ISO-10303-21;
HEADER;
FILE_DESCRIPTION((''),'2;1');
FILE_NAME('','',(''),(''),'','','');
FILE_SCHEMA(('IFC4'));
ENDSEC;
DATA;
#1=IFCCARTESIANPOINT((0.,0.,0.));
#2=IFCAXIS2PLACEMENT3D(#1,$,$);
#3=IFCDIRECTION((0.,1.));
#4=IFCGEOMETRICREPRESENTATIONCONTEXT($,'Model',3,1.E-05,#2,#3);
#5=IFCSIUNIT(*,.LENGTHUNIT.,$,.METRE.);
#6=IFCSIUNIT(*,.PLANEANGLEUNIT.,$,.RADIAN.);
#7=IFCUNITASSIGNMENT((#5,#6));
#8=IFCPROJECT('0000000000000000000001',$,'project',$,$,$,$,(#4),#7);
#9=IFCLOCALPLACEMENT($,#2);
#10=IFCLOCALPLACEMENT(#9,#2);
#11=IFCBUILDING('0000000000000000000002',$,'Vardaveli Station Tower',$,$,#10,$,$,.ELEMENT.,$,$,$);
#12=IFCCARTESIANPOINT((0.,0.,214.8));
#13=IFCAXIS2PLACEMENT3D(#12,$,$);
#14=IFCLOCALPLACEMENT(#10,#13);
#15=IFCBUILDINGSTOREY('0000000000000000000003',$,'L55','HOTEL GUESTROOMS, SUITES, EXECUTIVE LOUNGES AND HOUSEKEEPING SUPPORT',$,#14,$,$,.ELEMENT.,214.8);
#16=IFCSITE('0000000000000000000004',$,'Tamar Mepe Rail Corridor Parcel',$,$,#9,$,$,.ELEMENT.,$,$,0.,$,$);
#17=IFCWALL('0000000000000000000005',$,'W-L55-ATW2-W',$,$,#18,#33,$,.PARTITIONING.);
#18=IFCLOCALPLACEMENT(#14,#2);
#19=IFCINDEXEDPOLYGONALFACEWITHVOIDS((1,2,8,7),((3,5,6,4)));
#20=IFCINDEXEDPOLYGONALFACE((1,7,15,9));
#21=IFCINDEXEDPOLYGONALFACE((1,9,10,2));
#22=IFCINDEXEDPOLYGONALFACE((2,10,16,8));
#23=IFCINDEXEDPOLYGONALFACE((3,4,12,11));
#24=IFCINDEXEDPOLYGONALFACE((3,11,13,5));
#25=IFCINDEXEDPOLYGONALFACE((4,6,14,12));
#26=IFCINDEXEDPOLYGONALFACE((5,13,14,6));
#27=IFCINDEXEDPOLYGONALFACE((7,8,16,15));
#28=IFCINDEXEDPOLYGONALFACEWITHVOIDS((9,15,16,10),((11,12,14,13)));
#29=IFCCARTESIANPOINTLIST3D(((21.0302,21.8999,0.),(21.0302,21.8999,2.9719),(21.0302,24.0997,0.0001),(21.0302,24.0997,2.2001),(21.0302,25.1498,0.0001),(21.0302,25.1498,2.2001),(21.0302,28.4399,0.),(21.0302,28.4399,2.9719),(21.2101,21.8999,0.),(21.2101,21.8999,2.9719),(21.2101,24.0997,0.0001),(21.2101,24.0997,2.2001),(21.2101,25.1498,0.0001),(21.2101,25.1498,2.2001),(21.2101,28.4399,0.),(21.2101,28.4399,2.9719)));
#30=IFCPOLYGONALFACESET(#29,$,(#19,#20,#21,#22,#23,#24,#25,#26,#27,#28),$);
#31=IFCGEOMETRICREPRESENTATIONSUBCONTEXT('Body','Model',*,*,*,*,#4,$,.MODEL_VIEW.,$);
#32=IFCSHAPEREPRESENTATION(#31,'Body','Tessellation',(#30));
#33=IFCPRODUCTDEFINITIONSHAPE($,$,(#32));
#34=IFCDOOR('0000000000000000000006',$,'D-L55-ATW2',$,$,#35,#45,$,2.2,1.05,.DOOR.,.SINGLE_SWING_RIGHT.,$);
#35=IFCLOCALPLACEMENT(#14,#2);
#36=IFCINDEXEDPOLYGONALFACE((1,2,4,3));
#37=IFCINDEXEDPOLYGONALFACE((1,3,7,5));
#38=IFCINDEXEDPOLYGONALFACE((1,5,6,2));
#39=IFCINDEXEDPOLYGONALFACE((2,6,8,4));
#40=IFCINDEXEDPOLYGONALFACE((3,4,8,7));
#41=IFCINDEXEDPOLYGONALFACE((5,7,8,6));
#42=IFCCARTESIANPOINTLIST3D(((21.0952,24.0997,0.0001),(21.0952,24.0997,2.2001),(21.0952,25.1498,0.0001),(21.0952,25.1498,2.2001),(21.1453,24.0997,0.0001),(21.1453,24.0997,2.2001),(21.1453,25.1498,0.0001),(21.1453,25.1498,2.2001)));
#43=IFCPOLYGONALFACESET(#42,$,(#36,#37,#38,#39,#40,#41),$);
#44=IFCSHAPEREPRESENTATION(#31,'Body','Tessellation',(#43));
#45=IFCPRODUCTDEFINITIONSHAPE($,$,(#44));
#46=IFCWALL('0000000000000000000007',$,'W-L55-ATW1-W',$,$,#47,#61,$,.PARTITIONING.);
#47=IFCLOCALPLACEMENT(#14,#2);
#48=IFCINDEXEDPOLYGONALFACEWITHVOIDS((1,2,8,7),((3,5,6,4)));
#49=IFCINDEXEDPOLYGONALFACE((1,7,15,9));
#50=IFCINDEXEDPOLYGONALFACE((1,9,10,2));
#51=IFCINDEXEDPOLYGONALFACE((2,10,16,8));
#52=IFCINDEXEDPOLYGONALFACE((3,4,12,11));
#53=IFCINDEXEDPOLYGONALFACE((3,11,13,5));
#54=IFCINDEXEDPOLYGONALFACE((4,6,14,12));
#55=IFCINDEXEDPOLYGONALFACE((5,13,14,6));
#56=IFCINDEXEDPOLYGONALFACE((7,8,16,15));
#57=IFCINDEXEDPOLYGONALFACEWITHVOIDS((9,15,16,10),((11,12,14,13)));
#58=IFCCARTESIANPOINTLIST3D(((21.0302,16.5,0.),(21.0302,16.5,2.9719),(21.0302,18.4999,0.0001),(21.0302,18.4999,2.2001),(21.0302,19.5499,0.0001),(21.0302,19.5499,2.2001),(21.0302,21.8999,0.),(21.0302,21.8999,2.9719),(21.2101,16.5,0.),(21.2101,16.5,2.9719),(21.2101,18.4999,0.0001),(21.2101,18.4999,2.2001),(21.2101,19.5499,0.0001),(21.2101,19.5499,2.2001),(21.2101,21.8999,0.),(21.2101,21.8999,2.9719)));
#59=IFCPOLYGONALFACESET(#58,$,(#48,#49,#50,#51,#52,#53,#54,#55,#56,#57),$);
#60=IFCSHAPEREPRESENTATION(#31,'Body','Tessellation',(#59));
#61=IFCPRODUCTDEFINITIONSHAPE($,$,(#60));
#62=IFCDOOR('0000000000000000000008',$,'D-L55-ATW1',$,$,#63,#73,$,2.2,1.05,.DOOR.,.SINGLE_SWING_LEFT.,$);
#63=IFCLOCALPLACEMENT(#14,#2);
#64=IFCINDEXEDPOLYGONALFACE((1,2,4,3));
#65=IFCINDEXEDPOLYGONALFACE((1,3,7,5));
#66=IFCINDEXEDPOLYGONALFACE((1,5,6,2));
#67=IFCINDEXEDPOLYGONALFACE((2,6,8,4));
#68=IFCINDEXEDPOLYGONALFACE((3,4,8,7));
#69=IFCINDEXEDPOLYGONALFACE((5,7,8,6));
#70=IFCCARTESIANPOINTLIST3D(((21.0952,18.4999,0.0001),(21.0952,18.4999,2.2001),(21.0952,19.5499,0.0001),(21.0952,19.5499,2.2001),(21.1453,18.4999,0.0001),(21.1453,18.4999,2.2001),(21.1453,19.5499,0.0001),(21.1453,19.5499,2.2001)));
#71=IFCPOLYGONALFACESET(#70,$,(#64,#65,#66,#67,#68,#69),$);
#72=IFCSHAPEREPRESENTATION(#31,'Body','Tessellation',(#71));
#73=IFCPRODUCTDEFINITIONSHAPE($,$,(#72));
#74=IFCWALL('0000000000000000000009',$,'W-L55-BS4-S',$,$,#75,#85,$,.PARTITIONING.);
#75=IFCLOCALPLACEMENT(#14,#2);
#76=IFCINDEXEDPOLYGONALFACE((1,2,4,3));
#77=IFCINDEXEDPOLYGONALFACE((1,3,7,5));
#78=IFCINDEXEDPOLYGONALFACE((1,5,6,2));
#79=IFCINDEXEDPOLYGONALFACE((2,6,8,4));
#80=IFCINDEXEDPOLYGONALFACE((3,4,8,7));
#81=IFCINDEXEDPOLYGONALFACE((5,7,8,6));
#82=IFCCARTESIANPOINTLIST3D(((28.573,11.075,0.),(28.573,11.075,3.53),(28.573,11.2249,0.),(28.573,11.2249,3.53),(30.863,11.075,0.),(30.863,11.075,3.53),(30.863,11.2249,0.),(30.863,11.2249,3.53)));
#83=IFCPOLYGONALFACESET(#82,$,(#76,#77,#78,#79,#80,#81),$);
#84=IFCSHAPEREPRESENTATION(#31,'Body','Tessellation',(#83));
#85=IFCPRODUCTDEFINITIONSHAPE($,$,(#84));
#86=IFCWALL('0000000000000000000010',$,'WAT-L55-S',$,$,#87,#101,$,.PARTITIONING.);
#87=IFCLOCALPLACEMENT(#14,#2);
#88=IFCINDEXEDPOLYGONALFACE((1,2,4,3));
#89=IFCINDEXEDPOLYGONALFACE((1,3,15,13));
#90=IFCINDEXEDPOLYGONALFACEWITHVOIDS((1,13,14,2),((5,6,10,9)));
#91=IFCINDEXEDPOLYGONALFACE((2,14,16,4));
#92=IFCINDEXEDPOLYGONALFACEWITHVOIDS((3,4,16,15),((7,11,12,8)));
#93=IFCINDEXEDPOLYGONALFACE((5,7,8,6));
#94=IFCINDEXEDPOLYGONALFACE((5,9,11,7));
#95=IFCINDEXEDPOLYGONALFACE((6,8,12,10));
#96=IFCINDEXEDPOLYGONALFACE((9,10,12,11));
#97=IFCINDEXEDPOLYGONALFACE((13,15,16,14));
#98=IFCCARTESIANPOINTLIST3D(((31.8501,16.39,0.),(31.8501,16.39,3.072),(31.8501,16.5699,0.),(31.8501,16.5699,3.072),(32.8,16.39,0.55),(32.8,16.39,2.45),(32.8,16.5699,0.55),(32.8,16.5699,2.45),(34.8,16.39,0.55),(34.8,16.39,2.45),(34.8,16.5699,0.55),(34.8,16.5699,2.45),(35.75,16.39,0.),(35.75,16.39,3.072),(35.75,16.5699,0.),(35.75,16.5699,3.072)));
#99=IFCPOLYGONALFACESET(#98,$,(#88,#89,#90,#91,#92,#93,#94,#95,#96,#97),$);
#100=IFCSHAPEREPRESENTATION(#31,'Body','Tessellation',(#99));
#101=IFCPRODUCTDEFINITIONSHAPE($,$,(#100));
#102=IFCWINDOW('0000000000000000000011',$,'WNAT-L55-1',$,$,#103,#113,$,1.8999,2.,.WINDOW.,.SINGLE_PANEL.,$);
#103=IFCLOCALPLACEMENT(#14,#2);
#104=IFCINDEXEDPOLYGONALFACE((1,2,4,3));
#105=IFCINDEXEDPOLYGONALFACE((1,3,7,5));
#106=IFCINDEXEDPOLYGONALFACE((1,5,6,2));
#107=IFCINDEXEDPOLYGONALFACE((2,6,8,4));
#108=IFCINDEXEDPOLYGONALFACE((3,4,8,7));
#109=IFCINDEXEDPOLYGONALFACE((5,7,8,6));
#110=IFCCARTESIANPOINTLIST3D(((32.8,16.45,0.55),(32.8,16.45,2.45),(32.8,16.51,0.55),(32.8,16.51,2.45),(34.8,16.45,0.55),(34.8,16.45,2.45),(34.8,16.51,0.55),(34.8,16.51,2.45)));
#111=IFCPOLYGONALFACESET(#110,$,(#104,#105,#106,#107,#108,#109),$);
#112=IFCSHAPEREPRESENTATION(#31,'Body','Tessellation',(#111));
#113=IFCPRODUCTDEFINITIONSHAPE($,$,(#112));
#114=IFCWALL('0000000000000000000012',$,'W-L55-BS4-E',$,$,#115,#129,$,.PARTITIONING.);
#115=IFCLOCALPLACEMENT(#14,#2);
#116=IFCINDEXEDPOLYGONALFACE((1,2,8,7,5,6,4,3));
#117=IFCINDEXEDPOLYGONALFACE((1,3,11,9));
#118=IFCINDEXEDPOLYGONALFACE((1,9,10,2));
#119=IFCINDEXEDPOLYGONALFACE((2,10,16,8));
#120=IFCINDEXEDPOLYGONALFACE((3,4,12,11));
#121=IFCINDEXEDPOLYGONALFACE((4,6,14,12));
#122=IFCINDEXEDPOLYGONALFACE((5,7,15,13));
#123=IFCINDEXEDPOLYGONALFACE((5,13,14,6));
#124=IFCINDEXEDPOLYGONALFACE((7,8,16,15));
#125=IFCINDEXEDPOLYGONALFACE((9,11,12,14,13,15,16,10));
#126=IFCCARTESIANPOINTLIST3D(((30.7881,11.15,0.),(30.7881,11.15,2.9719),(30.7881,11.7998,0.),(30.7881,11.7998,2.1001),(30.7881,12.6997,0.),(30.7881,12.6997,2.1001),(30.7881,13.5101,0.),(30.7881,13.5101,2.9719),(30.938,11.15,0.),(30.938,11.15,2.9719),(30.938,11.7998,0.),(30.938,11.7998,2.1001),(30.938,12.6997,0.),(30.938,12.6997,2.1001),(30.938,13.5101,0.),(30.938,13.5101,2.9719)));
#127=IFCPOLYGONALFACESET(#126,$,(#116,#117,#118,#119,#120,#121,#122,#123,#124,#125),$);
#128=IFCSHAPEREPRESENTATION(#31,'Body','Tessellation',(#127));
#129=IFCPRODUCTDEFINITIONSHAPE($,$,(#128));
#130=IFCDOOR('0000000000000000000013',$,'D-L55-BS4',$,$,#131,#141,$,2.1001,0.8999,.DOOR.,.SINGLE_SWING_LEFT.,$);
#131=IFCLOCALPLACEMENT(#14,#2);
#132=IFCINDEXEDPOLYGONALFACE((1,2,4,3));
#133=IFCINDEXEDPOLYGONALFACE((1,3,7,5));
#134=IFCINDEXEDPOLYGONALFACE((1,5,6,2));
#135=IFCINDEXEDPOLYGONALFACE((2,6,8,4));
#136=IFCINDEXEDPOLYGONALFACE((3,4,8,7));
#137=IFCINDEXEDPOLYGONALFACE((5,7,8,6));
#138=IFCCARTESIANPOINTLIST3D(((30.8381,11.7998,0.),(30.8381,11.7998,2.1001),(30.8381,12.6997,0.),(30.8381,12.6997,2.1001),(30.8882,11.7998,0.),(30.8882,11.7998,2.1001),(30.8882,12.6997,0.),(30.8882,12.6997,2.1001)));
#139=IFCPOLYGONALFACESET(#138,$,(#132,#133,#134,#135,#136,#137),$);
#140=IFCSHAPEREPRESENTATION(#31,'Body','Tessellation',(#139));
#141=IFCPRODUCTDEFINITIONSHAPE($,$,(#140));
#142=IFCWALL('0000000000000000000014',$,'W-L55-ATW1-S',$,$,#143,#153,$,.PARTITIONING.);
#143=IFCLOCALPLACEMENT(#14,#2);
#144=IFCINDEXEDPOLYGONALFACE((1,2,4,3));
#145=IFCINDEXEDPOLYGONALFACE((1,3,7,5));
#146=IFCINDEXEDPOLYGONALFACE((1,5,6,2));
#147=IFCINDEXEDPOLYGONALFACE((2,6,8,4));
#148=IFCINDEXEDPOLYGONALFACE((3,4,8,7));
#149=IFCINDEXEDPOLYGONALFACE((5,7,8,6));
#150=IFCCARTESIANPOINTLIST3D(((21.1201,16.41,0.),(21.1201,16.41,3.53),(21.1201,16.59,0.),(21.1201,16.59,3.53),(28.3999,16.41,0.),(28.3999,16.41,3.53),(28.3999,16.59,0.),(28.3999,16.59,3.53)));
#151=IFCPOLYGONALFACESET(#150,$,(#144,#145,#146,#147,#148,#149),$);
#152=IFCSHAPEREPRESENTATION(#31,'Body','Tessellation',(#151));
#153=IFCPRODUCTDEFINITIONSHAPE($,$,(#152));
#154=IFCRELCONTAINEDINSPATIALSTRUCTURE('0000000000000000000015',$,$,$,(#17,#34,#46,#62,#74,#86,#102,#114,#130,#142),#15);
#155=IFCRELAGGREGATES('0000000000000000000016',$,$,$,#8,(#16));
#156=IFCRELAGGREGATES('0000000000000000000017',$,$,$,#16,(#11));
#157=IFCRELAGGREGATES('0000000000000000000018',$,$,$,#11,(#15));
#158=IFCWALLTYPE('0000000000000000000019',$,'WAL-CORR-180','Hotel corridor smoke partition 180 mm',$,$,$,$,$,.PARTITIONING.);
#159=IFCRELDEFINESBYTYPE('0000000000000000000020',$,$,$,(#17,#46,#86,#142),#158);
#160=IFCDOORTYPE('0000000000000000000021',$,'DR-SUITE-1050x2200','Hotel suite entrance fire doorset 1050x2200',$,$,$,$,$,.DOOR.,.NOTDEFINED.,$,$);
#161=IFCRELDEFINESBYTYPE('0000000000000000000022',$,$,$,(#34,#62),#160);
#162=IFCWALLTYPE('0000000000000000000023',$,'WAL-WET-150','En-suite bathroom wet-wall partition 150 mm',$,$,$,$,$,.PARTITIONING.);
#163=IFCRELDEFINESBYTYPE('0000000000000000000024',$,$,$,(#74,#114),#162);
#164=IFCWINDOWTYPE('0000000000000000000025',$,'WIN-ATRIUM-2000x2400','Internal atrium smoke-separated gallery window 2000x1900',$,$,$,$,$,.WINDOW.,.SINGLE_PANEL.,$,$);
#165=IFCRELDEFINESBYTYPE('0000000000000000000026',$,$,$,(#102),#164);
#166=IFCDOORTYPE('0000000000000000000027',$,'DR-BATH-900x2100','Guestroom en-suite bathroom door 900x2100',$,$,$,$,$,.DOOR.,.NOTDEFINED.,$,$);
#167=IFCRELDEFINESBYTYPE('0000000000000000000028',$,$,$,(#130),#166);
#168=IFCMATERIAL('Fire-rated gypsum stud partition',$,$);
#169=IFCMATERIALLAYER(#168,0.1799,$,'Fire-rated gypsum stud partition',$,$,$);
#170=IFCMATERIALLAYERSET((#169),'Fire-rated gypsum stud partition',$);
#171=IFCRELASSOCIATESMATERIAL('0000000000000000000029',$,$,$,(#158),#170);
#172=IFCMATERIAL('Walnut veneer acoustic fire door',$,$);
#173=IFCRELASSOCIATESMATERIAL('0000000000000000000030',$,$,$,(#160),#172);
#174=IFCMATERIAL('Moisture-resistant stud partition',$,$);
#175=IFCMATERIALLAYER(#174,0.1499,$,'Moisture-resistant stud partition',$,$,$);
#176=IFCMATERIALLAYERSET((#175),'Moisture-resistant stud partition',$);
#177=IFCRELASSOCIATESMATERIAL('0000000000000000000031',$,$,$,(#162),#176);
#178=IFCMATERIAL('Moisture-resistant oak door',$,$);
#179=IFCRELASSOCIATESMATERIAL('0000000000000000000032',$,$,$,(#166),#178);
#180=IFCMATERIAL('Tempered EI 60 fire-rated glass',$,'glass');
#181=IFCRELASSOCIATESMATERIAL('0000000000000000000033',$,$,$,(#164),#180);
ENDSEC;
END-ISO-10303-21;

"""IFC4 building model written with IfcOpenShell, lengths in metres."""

from ifc_helpers import new_model, si_unit, direction, frame, frame_2d, origin, place, context, subcontext, project, spatial, rectangle, extrude, source, transform, mapped, material, layer, layer_set, type_object, element, fill, save


model = new_model("IFC4")

# Units and contexts
model_context = context("Model", 3, precision=1e-05, world=origin(), true_north=direction((0.0, 1.0)))
body_context = subcontext(model_context, "Body", "Model", "MODEL_VIEW")
ifc_project = project(units=[si_unit("LENGTHUNIT", "METRE"), si_unit("PLANEANGLEUNIT", "RADIAN")], contexts=[model_context])

# Site, building, storey
site_placement = place(None, origin())
site = spatial("IfcSite", under=ifc_project, at=site_placement, Name="Tamar Mepe Rail Corridor Parcel", CompositionType="ELEMENT", RefElevation=0.0)
building_placement = place(site_placement, origin())
building = spatial("IfcBuilding", under=site, at=building_placement, Name="Vardaveli Station Tower", CompositionType="ELEMENT")
storey_placement = place(building_placement, frame((0.0, 0.0, 214.8)))
storey = spatial("IfcBuildingStorey", under=building, at=storey_placement, Name="L55", Description="HOTEL GUESTROOMS, SUITES, EXECUTIVE LOUNGES AND HOUSEKEEPING SUPPORT", CompositionType="ELEMENT", Elevation=214.8)

# Shared definitions
ifc_material_1 = material(Name="Fire-rated gypsum stud partition")
ifc_layer_1 = layer(ifc_material_1, 0.1799, Name="Fire-rated gypsum stud partition")
ifc_layer_set_1 = layer_set([ifc_layer_1], Name="Fire-rated gypsum stud partition")
wall_type_1 = type_object("IfcWallType", Name="WAL-CORR-180", Description="Hotel corridor smoke partition 180 mm", PredefinedType="PARTITIONING", material=ifc_layer_set_1)
shared_shape_1 = source(origin(), body_context, "Body", "SweptSolid", [
    extrude(rectangle(XDim=1.05, YDim=2.2, at=frame_2d((0.5249, 1.1001))), frame((0.0, 0.1001, 0.0), z_axis=(0.0, -1.0, 0.0), x_axis=(1.0, 0.0, 0.0)), (0.0, 0.0, 1.0), 0.2),
])
ifc_material_2 = material(Name="Walnut veneer acoustic fire door")
door_type_1 = type_object("IfcDoorType", Name="DR-SUITE-1050x2200", Description="Hotel suite entrance fire doorset 1050x2200", OperationType="NOTDEFINED", PredefinedType="DOOR", material=ifc_material_2)
shared_shape_2 = source(origin(), body_context, "Body", "SweptSolid", [
    extrude(rectangle(XDim=1.05, YDim=2.2, at=frame_2d((0.5249, 1.1001))), frame((0.0, 0.0249, 0.0), z_axis=(0.0, -1.0, 0.0), x_axis=(1.0, 0.0, 0.0)), (0.0, 0.0, 1.0), 0.05),
])

# Shared definitions
ifc_material_3 = material(Name="Moisture-resistant stud partition")
ifc_layer_2 = layer(ifc_material_3, 0.1499, Name="Moisture-resistant stud partition")
ifc_layer_set_2 = layer_set([ifc_layer_2], Name="Moisture-resistant stud partition")
wall_type_2 = type_object("IfcWallType", Name="WAL-WET-150", Description="En-suite bathroom wet-wall partition 150 mm", PredefinedType="PARTITIONING", material=ifc_layer_set_2)
shared_shape_3 = source(origin(), body_context, "Body", "SweptSolid", [
    extrude(rectangle(XDim=0.8999, YDim=2.1001, at=frame_2d((0.45, 1.05))), frame((0.0, 0.085, 0.0), z_axis=(0.0, -1.0, 0.0), x_axis=(1.0, 0.0, 0.0)), (0.0, 0.0, 1.0), 0.1699),
])
ifc_material_4 = material(Name="Moisture-resistant oak door")
door_type_2 = type_object("IfcDoorType", Name="DR-BATH-900x2100", Description="Guestroom en-suite bathroom door 900x2100", OperationType="NOTDEFINED", PredefinedType="DOOR", material=ifc_material_4)
shared_shape_4 = source(origin(), body_context, "Body", "SweptSolid", [
    extrude(rectangle(XDim=0.8999, YDim=2.1001, at=frame_2d((0.45, 1.05))), frame((0.0, 0.0249, 0.0), z_axis=(0.0, -1.0, 0.0), x_axis=(1.0, 0.0, 0.0)), (0.0, 0.0, 1.0), 0.05),
])

# Walls, openings, doors
shared_shape_5 = source(origin(), body_context, "Body", "SweptSolid", [
    extrude(rectangle(XDim=6.54, YDim=0.1799, at=frame_2d((3.27, 0.0))), origin(), (0.0, 0.0, 1.0), 2.9719),
])
wall_1_placement = place(storey_placement, frame((21.1201, 21.8999, 0.0), z_axis=(0.0, 0.0, 1.0), x_axis=(0.0, 1.0, 0.0)))
wall_1 = element("IfcWall", 1, at=wall_1_placement, inside=storey, type_object=wall_type_1, Name="W-L55-ATW2-W", PredefinedType="PARTITIONING", context=body_context, shape_type="MappedRepresentation", body=[
    mapped(shared_shape_5, transform((0.0, 0.0, 0.0), scale=1.0)),
])
opening_1_placement = place(wall_1_placement, frame((2.2, 0.0, 0.0)))
opening_1 = element("IfcOpeningElement", 2, at=opening_1_placement, cuts=wall_1, PredefinedType="OPENING", context=body_context, shape_type="MappedRepresentation", body=[
    mapped(shared_shape_1, transform((0.0, 0.0, 0.0), scale=1.0)),
])
door_1_placement = place(opening_1_placement, origin())
door_1 = element("IfcDoor", 3, at=door_1_placement, inside=storey, type_object=door_type_1, Name="D-L55-ATW2", OperationType="SINGLE_SWING_RIGHT", OverallHeight=2.2, OverallWidth=1.05, PredefinedType="DOOR", context=body_context, shape_type="MappedRepresentation", body=[
    mapped(shared_shape_2, transform((0.0, 0.0, 0.0), scale=1.0)),
])
fill(opening_1, door_1)
shared_shape_6 = source(origin(), body_context, "Body", "SweptSolid", [
    extrude(rectangle(XDim=5.3999, YDim=0.1799, at=frame_2d((2.7, 0.0))), origin(), (0.0, 0.0, 1.0), 2.9719),
])
wall_2_placement = place(storey_placement, frame((21.1201, 16.5, 0.0), z_axis=(0.0, 0.0, 1.0), x_axis=(0.0, 1.0, 0.0)))
wall_2 = element("IfcWall", 4, at=wall_2_placement, inside=storey, type_object=wall_type_1, Name="W-L55-ATW1-W", PredefinedType="PARTITIONING", context=body_context, shape_type="MappedRepresentation", body=[
    mapped(shared_shape_6, transform((0.0, 0.0, 0.0), scale=1.0)),
])
opening_2_placement = place(wall_2_placement, frame((2.0, 0.0, 0.0)))
opening_2 = element("IfcOpeningElement", 5, at=opening_2_placement, cuts=wall_2, PredefinedType="OPENING", context=body_context, shape_type="MappedRepresentation", body=[
    mapped(shared_shape_1, transform((0.0, 0.0, 0.0), scale=1.0)),
])
door_2_placement = place(opening_2_placement, origin())
door_2 = element("IfcDoor", 6, at=door_2_placement, inside=storey, type_object=door_type_1, Name="D-L55-ATW1", OperationType="SINGLE_SWING_LEFT", OverallHeight=2.2, OverallWidth=1.05, PredefinedType="DOOR", context=body_context, shape_type="MappedRepresentation", body=[
    mapped(shared_shape_2, transform((0.0, 0.0, 0.0), scale=1.0)),
])
fill(opening_2, door_2)

# Wall
shared_shape_7 = source(origin(), body_context, "Body", "SweptSolid", [
    extrude(rectangle(XDim=2.29, YDim=0.1499, at=frame_2d((1.145, 0.0))), origin(), (0.0, 0.0, 1.0), 3.53),
])
wall_3_placement = place(storey_placement, frame((28.573, 11.1499, 0.0), z_axis=(0.0, 0.0, 1.0), x_axis=(1.0, 0.0, 0.0)))
element("IfcWall", 7, at=wall_3_placement, inside=storey, type_object=wall_type_2, Name="W-L55-BS4-S", PredefinedType="PARTITIONING", context=body_context, shape_type="MappedRepresentation", body=[
    mapped(shared_shape_7, transform((0.0, 0.0, 0.0), scale=1.0)),
])

# Wall, opening, window
shared_shape_8 = source(origin(), body_context, "Body", "SweptSolid", [
    extrude(rectangle(XDim=3.8999, YDim=0.1799, at=frame_2d((1.95, 0.0))), origin(), (0.0, 0.0, 1.0), 3.072),
])
wall_4_placement = place(storey_placement, frame((31.8501, 16.48, 0.0), z_axis=(0.0, 0.0, 1.0), x_axis=(1.0, 0.0, 0.0)))
wall_4 = element("IfcWall", 8, at=wall_4_placement, inside=storey, type_object=wall_type_1, Name="WAT-L55-S", PredefinedType="PARTITIONING", context=body_context, shape_type="MappedRepresentation", body=[
    mapped(shared_shape_8, transform((0.0, 0.0, 0.0), scale=1.0)),
])
shared_shape_9 = source(origin(), body_context, "Body", "SweptSolid", [
    extrude(rectangle(XDim=2.0, YDim=1.8999, at=frame_2d((1.0, 0.95))), frame((0.0, 0.1001, 0.0), z_axis=(0.0, -1.0, 0.0), x_axis=(1.0, 0.0, 0.0)), (0.0, 0.0, 1.0), 0.2),
])
opening_3_placement = place(wall_4_placement, frame((0.95, 0.0, 0.55)))
opening_3 = element("IfcOpeningElement", 9, at=opening_3_placement, cuts=wall_4, PredefinedType="OPENING", context=body_context, shape_type="MappedRepresentation", body=[
    mapped(shared_shape_9, transform((0.0, 0.0, 0.0), scale=1.0)),
])
ifc_material_5 = material(Name="Tempered EI 60 fire-rated glass", Category="glass")
window_type = type_object("IfcWindowType", Name="WIN-ATRIUM-2000x2400", Description="Internal atrium smoke-separated gallery window 2000x1900", PartitioningType="SINGLE_PANEL", PredefinedType="WINDOW", material=ifc_material_5)
shared_shape_10 = source(origin(), body_context, "Body", "SweptSolid", [
    extrude(rectangle(XDim=2.0, YDim=1.8999, at=frame_2d((1.0, 0.95))), frame((0.0, 0.03, 0.0), z_axis=(0.0, -1.0, 0.0), x_axis=(1.0, 0.0, 0.0)), (0.0, 0.0, 1.0), 0.0601),
])
window_placement = place(opening_3_placement, origin())
window = element("IfcWindow", 10, at=window_placement, inside=storey, type_object=window_type, Name="WNAT-L55-1", OverallHeight=1.8999, OverallWidth=2.0, PartitioningType="SINGLE_PANEL", PredefinedType="WINDOW", context=body_context, shape_type="MappedRepresentation", body=[
    mapped(shared_shape_10, transform((0.0, 0.0, 0.0), scale=1.0)),
])
fill(opening_3, window)

# Wall, opening, door
shared_shape_11 = source(origin(), body_context, "Body", "SweptSolid", [
    extrude(rectangle(XDim=2.3601, YDim=0.1499, at=frame_2d((1.1802, 0.0))), origin(), (0.0, 0.0, 1.0), 2.9719),
])
wall_5_placement = place(storey_placement, frame((30.863, 11.1499, 0.0), z_axis=(0.0, 0.0, 1.0), x_axis=(0.0, 1.0, 0.0)))
wall_5 = element("IfcWall", 11, at=wall_5_placement, inside=storey, type_object=wall_type_2, Name="W-L55-BS4-E", PredefinedType="PARTITIONING", context=body_context, shape_type="MappedRepresentation", body=[
    mapped(shared_shape_11, transform((0.0, 0.0, 0.0), scale=1.0)),
])
opening_4_placement = place(wall_5_placement, frame((0.6499, 0.0, 0.0)))
opening_4 = element("IfcOpeningElement", 12, at=opening_4_placement, cuts=wall_5, PredefinedType="OPENING", context=body_context, shape_type="MappedRepresentation", body=[
    mapped(shared_shape_3, transform((0.0, 0.0, 0.0), scale=1.0)),
])
door_3_placement = place(opening_4_placement, origin())
door_3 = element("IfcDoor", 13, at=door_3_placement, inside=storey, type_object=door_type_2, Name="D-L55-BS4", OperationType="SINGLE_SWING_LEFT", OverallHeight=2.1001, OverallWidth=0.8999, PredefinedType="DOOR", context=body_context, shape_type="MappedRepresentation", body=[
    mapped(shared_shape_4, transform((0.0, 0.0, 0.0), scale=1.0)),
])
fill(opening_4, door_3)

# Wall
shared_shape_12 = source(origin(), body_context, "Body", "SweptSolid", [
    extrude(rectangle(XDim=7.2798, YDim=0.1799, at=frame_2d((3.6399, 0.0))), origin(), (0.0, 0.0, 1.0), 3.53),
])
for number, where, z_axis, x_axis, name in (
    (14, (21.1201, 16.5, 0.0), (0.0, 0.0, 1.0), (1.0, 0.0, 0.0), "W-L55-ATW1-S"),
):
    element("IfcWall", number, at=place(storey_placement, frame(where, z_axis=z_axis, x_axis=x_axis)), inside=storey, type_object=wall_type_1, Name=name, PredefinedType="PARTITIONING", context=body_context, shape_type="MappedRepresentation", body=[
        mapped(shared_shape_12, transform((0.0, 0.0, 0.0), scale=1.0)),
    ])

save(model, "model.ifc")
